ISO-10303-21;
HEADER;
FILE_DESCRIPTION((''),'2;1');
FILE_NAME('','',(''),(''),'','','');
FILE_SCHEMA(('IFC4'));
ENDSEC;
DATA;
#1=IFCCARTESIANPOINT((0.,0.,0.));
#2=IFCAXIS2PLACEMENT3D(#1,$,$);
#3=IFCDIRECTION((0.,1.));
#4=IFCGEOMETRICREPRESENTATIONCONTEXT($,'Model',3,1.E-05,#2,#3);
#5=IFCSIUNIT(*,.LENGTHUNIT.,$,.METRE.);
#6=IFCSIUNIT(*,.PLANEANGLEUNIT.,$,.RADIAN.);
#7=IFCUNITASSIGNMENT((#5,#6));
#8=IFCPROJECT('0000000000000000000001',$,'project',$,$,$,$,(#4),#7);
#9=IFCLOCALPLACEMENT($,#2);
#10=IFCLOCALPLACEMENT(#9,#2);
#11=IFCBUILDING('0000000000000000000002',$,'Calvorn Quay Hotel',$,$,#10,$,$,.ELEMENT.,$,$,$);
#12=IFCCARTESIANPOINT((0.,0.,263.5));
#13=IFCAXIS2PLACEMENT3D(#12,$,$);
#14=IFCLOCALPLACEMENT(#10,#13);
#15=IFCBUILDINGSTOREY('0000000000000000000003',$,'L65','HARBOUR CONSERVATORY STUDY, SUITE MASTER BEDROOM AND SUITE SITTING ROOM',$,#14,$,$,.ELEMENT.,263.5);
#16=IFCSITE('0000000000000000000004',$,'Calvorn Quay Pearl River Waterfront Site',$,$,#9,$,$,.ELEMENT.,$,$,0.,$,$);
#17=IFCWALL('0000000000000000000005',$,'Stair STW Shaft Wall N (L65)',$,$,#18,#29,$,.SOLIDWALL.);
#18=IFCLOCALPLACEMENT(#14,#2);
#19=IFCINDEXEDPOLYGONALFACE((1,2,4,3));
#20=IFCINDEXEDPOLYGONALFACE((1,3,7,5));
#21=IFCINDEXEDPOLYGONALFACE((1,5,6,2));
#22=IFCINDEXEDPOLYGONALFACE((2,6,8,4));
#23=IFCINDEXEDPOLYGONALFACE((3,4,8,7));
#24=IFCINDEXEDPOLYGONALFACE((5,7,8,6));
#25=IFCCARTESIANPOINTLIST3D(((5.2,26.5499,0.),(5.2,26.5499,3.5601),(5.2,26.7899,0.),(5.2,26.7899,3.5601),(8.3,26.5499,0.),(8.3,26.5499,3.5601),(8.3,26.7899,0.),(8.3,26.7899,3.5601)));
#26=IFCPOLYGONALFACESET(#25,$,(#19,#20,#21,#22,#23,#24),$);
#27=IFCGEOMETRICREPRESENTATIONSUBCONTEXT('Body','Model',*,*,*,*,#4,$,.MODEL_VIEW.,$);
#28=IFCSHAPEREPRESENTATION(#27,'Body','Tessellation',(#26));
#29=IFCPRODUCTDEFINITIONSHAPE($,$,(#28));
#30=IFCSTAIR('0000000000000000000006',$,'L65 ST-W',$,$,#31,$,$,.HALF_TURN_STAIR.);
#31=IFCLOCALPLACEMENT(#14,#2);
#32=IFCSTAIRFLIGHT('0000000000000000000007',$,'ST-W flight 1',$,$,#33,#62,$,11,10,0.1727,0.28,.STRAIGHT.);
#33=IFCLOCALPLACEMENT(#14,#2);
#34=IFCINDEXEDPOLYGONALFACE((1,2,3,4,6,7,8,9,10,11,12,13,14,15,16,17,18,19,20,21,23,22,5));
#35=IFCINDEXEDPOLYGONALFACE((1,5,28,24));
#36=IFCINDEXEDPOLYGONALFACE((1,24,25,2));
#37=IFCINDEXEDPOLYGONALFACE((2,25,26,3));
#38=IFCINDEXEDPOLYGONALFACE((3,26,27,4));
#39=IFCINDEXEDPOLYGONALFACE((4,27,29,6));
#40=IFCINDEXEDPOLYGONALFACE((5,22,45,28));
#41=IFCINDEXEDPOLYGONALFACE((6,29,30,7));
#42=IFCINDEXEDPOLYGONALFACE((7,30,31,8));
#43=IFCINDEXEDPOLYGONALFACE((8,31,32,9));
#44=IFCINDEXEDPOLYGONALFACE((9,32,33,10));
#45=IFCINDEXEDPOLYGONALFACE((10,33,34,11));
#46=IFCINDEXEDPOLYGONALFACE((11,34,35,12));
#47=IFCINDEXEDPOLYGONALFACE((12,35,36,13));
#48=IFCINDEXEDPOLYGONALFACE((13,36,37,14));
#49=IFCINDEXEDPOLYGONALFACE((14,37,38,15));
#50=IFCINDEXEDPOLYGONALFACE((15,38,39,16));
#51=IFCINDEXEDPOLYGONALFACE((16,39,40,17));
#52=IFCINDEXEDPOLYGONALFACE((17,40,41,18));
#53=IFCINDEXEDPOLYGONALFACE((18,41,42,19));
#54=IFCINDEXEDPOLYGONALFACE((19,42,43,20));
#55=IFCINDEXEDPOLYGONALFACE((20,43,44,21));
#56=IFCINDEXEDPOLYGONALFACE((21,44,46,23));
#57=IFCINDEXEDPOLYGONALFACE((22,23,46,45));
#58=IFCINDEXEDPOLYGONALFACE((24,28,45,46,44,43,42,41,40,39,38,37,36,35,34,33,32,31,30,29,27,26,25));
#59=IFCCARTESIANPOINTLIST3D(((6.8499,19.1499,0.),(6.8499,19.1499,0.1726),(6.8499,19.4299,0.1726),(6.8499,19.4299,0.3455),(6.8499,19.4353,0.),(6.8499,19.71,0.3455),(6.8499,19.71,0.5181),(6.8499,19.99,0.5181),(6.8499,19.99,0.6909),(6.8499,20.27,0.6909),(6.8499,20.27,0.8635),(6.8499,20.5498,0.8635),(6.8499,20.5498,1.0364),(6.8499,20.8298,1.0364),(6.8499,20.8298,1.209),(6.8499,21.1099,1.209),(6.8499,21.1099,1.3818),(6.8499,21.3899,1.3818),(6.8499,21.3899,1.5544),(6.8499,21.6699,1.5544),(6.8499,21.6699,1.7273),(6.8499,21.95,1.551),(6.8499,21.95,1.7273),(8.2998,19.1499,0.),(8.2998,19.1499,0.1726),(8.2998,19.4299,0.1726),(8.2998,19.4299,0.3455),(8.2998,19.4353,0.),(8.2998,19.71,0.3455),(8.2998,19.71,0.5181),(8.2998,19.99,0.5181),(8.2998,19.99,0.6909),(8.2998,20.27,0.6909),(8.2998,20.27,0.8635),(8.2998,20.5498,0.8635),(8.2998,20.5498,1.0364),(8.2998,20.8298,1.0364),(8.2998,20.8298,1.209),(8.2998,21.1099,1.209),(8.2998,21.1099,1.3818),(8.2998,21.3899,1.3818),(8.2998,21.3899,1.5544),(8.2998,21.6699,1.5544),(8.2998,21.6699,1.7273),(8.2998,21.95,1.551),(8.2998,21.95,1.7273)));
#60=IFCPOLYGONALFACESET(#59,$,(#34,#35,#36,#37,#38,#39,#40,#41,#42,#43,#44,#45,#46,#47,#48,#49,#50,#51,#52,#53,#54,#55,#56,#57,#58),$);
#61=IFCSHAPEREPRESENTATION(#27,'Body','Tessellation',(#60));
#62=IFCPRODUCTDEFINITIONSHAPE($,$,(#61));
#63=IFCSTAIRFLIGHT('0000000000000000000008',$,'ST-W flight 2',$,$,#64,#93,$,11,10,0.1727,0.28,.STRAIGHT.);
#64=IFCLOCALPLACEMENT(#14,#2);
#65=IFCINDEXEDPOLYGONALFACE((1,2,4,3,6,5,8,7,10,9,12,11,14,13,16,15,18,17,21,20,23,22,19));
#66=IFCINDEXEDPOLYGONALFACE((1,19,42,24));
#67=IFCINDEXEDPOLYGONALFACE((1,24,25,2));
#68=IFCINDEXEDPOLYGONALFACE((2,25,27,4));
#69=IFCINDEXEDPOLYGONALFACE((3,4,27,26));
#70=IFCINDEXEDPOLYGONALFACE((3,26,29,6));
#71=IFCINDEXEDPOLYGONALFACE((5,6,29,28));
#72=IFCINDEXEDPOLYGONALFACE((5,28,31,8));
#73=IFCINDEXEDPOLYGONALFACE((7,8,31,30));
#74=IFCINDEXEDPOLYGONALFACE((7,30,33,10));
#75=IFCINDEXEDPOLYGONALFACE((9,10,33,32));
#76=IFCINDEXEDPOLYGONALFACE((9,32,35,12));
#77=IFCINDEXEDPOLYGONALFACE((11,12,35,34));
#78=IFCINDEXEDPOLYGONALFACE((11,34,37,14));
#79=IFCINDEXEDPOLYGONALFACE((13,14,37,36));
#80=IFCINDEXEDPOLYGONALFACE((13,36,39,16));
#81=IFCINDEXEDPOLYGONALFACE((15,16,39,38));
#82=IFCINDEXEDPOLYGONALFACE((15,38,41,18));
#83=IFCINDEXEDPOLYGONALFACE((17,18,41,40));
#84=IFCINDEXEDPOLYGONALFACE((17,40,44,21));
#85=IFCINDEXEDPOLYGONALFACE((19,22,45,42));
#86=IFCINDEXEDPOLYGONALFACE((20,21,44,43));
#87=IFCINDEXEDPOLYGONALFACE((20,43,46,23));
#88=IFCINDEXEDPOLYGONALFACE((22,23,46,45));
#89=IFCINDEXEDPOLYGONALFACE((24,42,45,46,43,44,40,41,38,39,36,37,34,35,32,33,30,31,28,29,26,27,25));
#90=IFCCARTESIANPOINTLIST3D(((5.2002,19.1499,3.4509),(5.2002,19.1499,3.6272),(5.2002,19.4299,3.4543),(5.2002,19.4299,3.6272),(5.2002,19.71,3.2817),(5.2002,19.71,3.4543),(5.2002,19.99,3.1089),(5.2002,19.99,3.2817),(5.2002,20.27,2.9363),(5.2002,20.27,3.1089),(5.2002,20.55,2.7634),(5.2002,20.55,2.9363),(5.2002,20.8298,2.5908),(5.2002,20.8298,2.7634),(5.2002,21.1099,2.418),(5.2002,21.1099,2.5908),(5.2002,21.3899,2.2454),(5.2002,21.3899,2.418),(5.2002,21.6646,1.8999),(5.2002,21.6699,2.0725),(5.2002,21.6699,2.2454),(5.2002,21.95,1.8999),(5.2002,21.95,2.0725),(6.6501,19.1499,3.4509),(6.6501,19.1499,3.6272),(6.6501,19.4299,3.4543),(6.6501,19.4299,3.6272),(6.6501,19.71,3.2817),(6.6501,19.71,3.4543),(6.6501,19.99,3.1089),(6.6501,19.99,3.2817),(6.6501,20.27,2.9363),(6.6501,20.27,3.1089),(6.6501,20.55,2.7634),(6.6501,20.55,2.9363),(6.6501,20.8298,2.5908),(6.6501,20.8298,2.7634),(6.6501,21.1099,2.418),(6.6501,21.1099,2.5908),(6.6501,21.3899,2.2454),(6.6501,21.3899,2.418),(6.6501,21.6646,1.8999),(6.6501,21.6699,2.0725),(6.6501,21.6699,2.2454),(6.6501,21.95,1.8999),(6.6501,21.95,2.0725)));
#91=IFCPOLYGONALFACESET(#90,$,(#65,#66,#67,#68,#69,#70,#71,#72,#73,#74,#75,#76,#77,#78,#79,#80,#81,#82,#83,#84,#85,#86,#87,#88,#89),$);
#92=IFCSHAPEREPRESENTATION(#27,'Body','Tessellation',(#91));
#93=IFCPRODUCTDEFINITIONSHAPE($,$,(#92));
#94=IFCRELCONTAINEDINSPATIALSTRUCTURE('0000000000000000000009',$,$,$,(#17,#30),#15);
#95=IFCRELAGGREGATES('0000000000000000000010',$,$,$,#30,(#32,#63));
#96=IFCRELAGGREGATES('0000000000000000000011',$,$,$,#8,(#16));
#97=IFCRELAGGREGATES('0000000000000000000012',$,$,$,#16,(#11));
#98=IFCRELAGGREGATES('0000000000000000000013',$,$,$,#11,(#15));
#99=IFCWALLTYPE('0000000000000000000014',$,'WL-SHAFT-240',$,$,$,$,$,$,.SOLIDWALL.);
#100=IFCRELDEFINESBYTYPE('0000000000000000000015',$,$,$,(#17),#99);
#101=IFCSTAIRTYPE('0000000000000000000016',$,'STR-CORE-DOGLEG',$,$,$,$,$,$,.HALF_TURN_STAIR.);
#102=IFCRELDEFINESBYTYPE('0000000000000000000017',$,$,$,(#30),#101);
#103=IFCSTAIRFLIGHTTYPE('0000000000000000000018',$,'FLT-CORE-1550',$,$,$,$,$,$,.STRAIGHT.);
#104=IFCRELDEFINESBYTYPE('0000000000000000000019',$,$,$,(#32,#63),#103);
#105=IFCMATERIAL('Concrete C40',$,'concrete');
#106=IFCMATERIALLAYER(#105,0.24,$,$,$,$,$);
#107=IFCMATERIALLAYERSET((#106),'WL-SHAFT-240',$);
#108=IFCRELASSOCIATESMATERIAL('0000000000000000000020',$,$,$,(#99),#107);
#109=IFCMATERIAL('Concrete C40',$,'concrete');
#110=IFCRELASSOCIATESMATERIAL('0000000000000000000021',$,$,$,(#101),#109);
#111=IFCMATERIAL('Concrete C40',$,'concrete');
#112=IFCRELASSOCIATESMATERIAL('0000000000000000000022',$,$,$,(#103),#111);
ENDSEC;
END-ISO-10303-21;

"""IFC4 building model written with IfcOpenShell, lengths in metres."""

from ifc_helpers import new_model, si_unit, direction, frame, frame_2d, origin, place, context, subcontext, project, spatial, polyline, rectangle, outline, extrude, material, layer, layer_set, type_object, element, aggregate, save


model = new_model("IFC4")

# Units and contexts
model_context = context("Model", 3, precision=1e-05, world=origin(), true_north=direction((0.0, 1.0)))
body_context = subcontext(model_context, "Body", "Model", "MODEL_VIEW")
ifc_project = project(units=[si_unit("LENGTHUNIT", "METRE"), si_unit("PLANEANGLEUNIT", "RADIAN")], contexts=[model_context])

# Site, building, storey
site_placement = place(None, origin())
site = spatial("IfcSite", under=ifc_project, at=site_placement, Name="Calvorn Quay Pearl River Waterfront Site", CompositionType="ELEMENT", RefElevation=0.0)
building_placement = place(site_placement, origin())
building = spatial("IfcBuilding", under=site, at=building_placement, Name="Calvorn Quay Hotel", CompositionType="ELEMENT")
storey_placement = place(building_placement, frame((0.0, 0.0, 263.5)))
storey = spatial("IfcBuildingStorey", under=building, at=storey_placement, Name="L65", Description="HARBOUR CONSERVATORY STUDY, SUITE MASTER BEDROOM AND SUITE SITTING ROOM", CompositionType="ELEMENT", Elevation=263.5)

# Wall
ifc_material_1 = material(Name="Concrete C40", Category="concrete")
ifc_layer_1 = layer(ifc_material_1, 0.24)
ifc_layer_set_1 = layer_set([ifc_layer_1], Name="WL-SHAFT-240")
wall_type_1 = type_object("IfcWallType", Name="WL-SHAFT-240", PredefinedType="SOLIDWALL", material=ifc_layer_set_1)
wall_1_placement = place(storey_placement, frame((5.2, 26.6699, 0.0), z_axis=(0.0, 0.0, 1.0), x_axis=(1.0, 0.0, 0.0)))
element("IfcWall", 1, at=wall_1_placement, inside=storey, type_object=wall_type_1, Name="Stair STW Shaft Wall N (L65)", PredefinedType="SOLIDWALL", context=body_context, shape_type="SweptSolid", body=[
    extrude(rectangle(XDim=3.1001, YDim=0.24, at=frame_2d((1.55, 0.0))), origin(), (0.0, 0.0, 1.0), 3.5601),
])

# Stair, stair flights
ifc_material_2 = material(Name="Concrete C40", Category="concrete")
stair_type = type_object("IfcStairType", Name="STR-CORE-DOGLEG", PredefinedType="HALF_TURN_STAIR", material=ifc_material_2)
stair_placement = place(storey_placement, origin())
stair = element("IfcStair", 2, at=stair_placement, inside=storey, type_object=stair_type, Name="L65 ST-W", PredefinedType="HALF_TURN_STAIR")
ifc_material_3 = material(Name="Concrete C40", Category="concrete")
stair_flight_type = type_object("IfcStairFlightType", Name="FLT-CORE-1550", PredefinedType="STRAIGHT", material=ifc_material_3)
stair_flight_1_placement = place(storey_placement, frame((7.575, 19.1499, 0.0), z_axis=(0.0, 0.0, 1.0), x_axis=(0.0, 1.0, 0.0)))
stair_flight_1 = element("IfcStairFlight", 3, at=stair_flight_1_placement, type_object=stair_flight_type, Name="ST-W flight 1", NumberOfRisers=11, NumberOfTreads=10, PredefinedType="STRAIGHT", RiserHeight=0.1727, TreadLength=0.28, context=body_context, shape_type="SweptSolid", body=[
    extrude(outline(polyline([(0.0, 0.0), (0.0, 0.1726), (0.28, 0.1726), (0.28, 0.3455), (0.5601, 0.3455), (0.5601, 0.5181), (0.8401, 0.5181), (0.8401, 0.6909), (1.1201, 0.6909), (1.1201, 0.8635), (1.3999, 0.8635), (1.3999, 1.0364), (1.6799, 1.0364), (1.6799, 1.209), (1.96, 1.209), (1.96, 1.3818), (2.24, 1.3818), (2.24, 1.5544), (2.52, 1.5544), (2.52, 1.7273), (2.8, 1.7273), (2.8, 1.8999), (2.8, 1.551), (0.2854, 0.0), (0.0, 0.0)])), frame((0.0, 0.7251, 0.0), z_axis=(0.0, -1.0, 0.0), x_axis=(1.0, 0.0, 0.0)), (0.0, 0.0, 1.0), 1.45),
])
stair_flight_2_placement = place(storey_placement, frame((5.925, 21.95, 1.8999), z_axis=(0.0, 0.0, 1.0), x_axis=(0.0, -1.0, 0.0)))
stair_flight_2 = element("IfcStairFlight", 4, at=stair_flight_2_placement, type_object=stair_flight_type, Name="ST-W flight 2", NumberOfRisers=11, NumberOfTreads=10, PredefinedType="STRAIGHT", RiserHeight=0.1727, TreadLength=0.28, context=body_context, shape_type="SweptSolid", body=[
    extrude(outline(polyline([(0.0, 0.0), (0.0, 0.1726), (0.28, 0.1726), (0.28, 0.3455), (0.5601, 0.3455), (0.5601, 0.5181), (0.8401, 0.5181), (0.8401, 0.6909), (1.1201, 0.6909), (1.1201, 0.8635), (1.3999, 0.8635), (1.3999, 1.0364), (1.6799, 1.0364), (1.6799, 1.209), (1.96, 1.209), (1.96, 1.3818), (2.24, 1.3818), (2.24, 1.5544), (2.52, 1.5544), (2.52, 1.7273), (2.8, 1.7273), (2.8, 1.8999), (2.8, 1.551), (0.2854, 0.0), (0.0, 0.0)])), frame((0.0, 0.7251, 0.0), z_axis=(0.0, -1.0, 0.0), x_axis=(1.0, 0.0, 0.0)), (0.0, 0.0, 1.0), 1.45),
])
aggregate(stair, [stair_flight_1, stair_flight_2])

save(model, "model.ifc")
